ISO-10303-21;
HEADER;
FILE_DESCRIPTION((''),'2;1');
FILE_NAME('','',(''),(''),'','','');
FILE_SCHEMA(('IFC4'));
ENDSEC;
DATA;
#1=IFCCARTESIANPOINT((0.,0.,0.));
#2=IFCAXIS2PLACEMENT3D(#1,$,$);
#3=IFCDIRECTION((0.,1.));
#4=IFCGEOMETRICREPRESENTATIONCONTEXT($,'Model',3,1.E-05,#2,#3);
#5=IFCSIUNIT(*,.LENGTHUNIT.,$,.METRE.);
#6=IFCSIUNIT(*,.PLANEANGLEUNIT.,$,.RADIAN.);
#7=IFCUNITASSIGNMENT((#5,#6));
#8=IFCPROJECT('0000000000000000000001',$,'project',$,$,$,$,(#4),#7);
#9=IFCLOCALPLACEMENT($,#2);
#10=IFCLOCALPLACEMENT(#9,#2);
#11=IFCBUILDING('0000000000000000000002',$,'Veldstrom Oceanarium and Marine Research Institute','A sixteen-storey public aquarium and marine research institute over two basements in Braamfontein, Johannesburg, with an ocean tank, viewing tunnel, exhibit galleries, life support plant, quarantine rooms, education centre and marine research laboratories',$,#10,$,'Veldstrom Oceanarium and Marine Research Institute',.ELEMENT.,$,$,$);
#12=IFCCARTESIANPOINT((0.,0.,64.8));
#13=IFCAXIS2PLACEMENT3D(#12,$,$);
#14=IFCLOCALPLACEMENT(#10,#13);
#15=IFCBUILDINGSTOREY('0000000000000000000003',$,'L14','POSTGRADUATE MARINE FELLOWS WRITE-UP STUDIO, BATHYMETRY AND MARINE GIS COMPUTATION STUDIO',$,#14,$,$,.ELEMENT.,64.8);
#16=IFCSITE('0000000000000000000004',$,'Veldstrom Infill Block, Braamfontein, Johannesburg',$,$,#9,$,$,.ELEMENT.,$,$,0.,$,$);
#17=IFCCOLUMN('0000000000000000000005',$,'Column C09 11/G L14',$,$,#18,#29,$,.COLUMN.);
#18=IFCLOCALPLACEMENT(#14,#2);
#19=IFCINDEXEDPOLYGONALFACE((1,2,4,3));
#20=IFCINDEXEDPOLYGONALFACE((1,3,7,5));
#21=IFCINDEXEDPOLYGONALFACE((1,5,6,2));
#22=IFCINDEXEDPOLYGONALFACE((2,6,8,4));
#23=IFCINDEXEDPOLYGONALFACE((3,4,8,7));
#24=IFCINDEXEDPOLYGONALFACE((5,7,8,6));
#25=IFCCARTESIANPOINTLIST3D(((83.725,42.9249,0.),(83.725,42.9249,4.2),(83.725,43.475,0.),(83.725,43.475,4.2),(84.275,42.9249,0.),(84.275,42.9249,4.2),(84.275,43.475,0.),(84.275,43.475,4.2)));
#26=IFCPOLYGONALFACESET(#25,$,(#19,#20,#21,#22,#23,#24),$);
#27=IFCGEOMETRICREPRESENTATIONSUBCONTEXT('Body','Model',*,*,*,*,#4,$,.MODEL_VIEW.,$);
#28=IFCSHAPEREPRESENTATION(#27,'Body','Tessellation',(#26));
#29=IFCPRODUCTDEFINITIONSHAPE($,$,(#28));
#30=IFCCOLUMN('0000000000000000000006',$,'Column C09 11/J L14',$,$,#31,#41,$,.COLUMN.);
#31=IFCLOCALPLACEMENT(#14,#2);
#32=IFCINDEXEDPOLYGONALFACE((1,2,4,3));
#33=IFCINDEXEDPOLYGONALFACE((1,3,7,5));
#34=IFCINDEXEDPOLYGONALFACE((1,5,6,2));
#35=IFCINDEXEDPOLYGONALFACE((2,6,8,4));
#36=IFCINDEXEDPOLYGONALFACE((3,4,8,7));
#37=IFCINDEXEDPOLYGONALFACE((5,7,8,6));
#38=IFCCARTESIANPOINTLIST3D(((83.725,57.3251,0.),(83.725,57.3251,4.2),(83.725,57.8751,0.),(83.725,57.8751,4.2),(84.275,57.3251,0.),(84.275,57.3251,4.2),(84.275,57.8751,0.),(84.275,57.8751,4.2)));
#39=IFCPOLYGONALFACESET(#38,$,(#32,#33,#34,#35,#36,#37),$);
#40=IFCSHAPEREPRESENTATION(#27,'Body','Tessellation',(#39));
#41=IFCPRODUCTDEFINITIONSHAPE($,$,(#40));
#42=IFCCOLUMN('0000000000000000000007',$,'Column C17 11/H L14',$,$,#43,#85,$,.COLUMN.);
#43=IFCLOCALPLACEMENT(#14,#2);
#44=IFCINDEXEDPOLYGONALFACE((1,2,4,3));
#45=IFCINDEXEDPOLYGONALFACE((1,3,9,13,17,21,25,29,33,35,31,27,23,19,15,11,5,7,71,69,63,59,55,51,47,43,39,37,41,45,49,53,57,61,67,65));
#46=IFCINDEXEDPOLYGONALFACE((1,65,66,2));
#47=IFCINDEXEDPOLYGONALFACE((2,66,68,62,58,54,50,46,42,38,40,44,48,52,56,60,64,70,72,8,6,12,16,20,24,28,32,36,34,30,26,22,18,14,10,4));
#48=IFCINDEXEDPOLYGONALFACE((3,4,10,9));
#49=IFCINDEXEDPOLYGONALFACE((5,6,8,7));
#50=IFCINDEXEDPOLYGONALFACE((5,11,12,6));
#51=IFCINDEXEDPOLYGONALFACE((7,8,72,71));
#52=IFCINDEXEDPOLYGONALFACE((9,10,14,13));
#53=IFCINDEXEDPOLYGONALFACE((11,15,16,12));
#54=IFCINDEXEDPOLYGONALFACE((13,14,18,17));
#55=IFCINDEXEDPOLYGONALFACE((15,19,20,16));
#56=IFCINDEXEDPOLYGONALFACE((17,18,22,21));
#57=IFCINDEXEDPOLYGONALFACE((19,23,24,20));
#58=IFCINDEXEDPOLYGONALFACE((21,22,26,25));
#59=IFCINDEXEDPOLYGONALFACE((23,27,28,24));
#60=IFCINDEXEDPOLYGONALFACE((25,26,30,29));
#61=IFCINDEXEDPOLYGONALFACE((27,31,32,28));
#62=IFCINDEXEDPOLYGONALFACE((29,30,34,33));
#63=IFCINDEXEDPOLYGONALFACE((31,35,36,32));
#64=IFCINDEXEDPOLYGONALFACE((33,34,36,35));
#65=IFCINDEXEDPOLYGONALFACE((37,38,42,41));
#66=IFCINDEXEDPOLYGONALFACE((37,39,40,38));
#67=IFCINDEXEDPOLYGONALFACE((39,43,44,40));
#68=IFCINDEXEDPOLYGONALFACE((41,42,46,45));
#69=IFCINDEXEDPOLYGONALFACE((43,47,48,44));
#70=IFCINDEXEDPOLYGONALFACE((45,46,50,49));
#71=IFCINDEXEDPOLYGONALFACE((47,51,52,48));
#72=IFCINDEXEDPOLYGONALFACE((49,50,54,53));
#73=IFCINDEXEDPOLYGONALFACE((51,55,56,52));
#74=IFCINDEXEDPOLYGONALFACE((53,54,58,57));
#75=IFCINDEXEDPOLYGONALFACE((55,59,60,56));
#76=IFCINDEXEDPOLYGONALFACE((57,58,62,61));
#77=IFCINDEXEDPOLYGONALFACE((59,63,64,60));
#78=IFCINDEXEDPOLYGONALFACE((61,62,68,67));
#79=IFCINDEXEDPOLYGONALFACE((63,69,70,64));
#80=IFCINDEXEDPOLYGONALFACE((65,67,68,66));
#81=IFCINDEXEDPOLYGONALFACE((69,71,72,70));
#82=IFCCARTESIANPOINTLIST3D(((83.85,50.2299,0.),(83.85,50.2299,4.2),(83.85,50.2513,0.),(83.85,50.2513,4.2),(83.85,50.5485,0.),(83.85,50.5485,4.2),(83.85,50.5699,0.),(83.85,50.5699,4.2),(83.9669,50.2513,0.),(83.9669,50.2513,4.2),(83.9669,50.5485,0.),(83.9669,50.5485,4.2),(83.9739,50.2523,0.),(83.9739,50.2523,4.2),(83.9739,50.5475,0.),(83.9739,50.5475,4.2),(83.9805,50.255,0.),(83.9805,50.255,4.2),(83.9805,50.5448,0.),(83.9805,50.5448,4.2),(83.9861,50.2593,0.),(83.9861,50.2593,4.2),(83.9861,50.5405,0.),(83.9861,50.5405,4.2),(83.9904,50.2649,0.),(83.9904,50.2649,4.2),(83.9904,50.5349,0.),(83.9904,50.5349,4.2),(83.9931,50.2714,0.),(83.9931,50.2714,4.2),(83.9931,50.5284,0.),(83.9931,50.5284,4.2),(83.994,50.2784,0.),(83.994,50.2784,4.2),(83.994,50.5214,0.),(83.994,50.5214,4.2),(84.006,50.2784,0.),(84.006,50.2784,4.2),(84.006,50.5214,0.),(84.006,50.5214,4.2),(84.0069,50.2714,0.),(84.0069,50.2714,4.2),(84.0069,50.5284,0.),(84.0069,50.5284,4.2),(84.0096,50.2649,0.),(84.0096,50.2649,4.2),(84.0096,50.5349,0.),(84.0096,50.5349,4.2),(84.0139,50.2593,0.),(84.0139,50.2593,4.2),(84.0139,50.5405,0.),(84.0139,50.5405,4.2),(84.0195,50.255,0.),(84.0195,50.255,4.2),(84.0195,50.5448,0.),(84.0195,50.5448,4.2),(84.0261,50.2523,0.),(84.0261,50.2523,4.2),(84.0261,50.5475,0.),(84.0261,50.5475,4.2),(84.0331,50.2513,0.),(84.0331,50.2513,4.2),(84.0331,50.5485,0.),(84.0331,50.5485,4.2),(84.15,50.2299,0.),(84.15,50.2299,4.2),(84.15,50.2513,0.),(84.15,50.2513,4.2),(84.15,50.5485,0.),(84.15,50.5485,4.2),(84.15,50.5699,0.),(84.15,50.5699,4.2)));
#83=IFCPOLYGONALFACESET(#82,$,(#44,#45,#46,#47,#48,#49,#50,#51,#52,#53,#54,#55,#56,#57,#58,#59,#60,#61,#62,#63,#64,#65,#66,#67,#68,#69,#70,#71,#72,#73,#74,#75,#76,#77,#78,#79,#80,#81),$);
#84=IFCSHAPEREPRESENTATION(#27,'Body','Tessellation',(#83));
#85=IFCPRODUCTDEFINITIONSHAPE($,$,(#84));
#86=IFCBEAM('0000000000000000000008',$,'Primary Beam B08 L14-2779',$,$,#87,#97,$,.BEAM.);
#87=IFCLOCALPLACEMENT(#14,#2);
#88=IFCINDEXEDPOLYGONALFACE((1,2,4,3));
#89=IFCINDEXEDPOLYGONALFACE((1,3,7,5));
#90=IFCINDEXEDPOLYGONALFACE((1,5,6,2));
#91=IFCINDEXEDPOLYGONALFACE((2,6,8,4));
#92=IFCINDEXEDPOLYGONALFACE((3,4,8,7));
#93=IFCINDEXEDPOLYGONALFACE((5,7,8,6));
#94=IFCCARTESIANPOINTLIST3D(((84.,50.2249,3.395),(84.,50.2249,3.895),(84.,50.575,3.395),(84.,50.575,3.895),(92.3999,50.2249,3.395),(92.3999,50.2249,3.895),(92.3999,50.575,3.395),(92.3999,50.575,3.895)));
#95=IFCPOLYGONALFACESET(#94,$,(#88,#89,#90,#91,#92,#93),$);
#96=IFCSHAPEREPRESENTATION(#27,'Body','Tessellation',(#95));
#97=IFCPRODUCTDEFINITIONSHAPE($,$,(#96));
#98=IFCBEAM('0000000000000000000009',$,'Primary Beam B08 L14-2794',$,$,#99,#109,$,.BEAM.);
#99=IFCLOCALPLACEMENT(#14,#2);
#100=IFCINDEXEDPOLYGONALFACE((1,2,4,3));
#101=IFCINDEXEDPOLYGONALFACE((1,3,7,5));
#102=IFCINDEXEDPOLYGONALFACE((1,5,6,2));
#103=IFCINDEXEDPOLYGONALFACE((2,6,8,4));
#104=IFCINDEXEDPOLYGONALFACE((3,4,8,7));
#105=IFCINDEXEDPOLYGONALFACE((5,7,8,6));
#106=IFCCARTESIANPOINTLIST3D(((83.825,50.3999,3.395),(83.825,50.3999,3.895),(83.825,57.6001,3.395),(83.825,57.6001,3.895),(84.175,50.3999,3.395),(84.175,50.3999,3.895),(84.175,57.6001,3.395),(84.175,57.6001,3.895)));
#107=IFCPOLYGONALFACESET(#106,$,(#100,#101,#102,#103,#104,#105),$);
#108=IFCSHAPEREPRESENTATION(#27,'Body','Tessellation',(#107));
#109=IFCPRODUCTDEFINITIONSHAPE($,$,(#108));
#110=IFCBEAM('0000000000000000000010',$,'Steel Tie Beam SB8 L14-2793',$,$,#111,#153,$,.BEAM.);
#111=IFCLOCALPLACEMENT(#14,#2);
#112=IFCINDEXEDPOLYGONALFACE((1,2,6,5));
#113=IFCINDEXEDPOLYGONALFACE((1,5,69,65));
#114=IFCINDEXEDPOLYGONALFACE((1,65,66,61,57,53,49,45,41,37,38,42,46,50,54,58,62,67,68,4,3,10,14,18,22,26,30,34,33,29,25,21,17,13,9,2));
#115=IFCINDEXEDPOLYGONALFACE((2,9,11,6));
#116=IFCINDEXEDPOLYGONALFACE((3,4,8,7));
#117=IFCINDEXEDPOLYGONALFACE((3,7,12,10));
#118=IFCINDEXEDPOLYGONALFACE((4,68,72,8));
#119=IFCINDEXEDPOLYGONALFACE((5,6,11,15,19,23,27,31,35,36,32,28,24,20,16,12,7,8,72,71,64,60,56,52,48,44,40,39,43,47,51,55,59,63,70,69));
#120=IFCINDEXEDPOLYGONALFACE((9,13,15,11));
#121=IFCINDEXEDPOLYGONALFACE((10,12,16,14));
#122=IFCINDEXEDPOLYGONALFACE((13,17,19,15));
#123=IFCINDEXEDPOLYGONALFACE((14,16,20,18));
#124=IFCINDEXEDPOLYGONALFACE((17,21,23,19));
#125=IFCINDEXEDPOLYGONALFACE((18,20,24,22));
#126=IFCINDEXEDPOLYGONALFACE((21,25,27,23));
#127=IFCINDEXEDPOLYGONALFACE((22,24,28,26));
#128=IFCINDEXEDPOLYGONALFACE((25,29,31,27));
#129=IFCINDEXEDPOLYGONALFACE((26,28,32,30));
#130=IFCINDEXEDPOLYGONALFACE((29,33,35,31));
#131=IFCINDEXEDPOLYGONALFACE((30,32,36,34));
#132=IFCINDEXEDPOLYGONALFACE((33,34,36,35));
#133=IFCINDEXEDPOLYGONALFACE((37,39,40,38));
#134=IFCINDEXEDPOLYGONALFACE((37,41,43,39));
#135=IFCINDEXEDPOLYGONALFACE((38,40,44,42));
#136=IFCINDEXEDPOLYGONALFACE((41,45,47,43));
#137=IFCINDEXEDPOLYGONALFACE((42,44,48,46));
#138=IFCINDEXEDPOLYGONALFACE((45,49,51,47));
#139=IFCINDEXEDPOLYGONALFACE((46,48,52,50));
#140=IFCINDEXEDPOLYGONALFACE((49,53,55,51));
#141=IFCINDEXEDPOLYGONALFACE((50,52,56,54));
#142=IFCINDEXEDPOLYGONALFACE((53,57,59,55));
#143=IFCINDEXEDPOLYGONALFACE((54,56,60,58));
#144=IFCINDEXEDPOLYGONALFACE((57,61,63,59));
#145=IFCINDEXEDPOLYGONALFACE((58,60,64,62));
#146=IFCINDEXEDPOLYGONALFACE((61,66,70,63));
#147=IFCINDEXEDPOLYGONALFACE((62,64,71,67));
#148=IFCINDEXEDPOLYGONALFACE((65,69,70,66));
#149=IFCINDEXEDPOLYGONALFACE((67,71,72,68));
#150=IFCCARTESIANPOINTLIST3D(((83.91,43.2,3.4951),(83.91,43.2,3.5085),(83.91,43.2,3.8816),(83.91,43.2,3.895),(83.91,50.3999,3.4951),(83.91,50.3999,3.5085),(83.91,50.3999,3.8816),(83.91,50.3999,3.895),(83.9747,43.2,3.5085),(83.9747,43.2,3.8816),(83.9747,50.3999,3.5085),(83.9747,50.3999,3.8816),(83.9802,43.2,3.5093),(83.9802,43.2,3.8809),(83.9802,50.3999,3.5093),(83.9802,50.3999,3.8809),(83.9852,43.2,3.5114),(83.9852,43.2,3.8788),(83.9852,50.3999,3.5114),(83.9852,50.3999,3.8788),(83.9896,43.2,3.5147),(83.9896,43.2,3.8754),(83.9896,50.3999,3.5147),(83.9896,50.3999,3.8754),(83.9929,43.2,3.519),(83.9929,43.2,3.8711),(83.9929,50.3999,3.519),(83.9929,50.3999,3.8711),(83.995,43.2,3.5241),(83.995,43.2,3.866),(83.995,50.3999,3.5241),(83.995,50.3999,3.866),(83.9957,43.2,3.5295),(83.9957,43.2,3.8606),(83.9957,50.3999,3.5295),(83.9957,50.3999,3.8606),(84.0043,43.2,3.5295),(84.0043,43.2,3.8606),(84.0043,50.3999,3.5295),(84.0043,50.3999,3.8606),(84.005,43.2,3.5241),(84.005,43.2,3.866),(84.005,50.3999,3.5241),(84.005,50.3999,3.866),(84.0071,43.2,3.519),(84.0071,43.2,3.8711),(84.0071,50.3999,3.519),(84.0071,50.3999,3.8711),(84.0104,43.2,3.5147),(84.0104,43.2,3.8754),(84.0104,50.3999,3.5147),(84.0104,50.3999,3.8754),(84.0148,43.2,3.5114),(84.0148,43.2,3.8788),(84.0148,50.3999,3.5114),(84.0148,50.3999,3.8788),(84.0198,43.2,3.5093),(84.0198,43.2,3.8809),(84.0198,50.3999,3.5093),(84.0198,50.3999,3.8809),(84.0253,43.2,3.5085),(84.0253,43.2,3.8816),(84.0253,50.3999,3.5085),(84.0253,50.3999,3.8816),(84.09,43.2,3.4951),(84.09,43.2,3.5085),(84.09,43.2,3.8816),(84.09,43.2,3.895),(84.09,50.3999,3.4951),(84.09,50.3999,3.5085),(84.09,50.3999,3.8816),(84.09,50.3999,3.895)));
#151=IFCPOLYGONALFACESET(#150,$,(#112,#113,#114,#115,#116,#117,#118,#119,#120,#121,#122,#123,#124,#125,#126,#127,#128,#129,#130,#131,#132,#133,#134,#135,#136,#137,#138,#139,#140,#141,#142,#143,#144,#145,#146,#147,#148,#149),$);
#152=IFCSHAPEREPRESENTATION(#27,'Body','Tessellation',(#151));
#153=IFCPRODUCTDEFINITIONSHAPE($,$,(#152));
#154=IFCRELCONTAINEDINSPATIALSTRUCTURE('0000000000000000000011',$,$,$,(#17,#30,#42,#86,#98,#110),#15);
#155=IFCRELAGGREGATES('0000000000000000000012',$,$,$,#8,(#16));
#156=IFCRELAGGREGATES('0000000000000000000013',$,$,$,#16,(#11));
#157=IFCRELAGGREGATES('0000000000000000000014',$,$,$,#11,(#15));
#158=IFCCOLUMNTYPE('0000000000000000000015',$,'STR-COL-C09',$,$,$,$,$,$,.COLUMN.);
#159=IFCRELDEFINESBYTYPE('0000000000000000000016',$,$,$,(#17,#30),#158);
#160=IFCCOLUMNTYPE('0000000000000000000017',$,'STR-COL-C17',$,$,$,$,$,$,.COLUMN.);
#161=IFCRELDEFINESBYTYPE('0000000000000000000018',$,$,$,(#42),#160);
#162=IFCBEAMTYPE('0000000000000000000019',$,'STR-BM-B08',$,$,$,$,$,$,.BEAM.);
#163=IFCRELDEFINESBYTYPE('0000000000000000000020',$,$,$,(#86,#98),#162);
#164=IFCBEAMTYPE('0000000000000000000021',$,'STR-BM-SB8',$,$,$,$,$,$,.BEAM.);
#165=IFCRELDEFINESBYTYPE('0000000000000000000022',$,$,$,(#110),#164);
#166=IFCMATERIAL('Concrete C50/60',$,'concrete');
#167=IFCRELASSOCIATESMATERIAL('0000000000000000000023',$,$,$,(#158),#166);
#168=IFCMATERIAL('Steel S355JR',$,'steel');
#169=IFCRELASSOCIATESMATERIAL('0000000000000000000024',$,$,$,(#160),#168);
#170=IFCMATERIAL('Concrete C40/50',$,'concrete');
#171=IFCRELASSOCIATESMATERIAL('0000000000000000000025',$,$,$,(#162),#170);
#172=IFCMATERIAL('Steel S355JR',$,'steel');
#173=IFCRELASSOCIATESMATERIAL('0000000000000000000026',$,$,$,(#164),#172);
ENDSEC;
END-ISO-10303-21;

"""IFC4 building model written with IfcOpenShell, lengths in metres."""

from ifc_helpers import new_model, si_unit, direction, frame, origin, origin_2d, place, context, subcontext, project, spatial, rectangle, i_section, extrude, material, material_profile, profile_set, type_object, element, save


model = new_model("IFC4")

# Units and contexts
model_context = context("Model", 3, precision=1e-05, world=origin(), true_north=direction((0.0, 1.0)))
body_context = subcontext(model_context, "Body", "Model", "MODEL_VIEW")
ifc_project = project(units=[si_unit("LENGTHUNIT", "METRE"), si_unit("PLANEANGLEUNIT", "RADIAN")], contexts=[model_context])

# Site, building, storey
site_placement = place(None, origin())
site = spatial("IfcSite", under=ifc_project, at=site_placement, Name="Veldstrom Infill Block, Braamfontein, Johannesburg", CompositionType="ELEMENT", RefElevation=0.0)
building_placement = place(site_placement, origin())
building = spatial("IfcBuilding", under=site, at=building_placement, Name="Veldstrom Oceanarium and Marine Research Institute", Description="A sixteen-storey public aquarium and marine research institute over two basements in Braamfontein, Johannesburg, with an ocean tank, viewing tunnel, exhibit galleries, life support plant, quarantine rooms, education centre and marine research laboratories", LongName="Veldstrom Oceanarium and Marine Research Institute", CompositionType="ELEMENT")
storey_placement = place(building_placement, frame((0.0, 0.0, 64.8)))
storey = spatial("IfcBuildingStorey", under=building, at=storey_placement, Name="L14", Description="POSTGRADUATE MARINE FELLOWS WRITE-UP STUDIO, BATHYMETRY AND MARINE GIS COMPUTATION STUDIO", CompositionType="ELEMENT", Elevation=64.8)

# Columns
ifc_material_1 = material(Name="Concrete C50/60", Category="concrete")
ifc_material_profile_1 = material_profile(ifc_material_1, rectangle(XDim=0.55, YDim=0.55, at=origin_2d()), Name="RC-COL-550x550")
ifc_profile_set_1 = profile_set([ifc_material_profile_1], Name="Concrete C50/60")
column_type_1 = type_object("IfcColumnType", Name="STR-COL-C09", PredefinedType="COLUMN", material=ifc_profile_set_1)
for number, where, z_axis, x_axis, name in (
    (1, (84.0, 43.2, 0.0), (0.0, 0.0, 1.0), (1.0, 0.0, 0.0), "Column C09 11/G L14"),
    (2, (84.0, 57.6001, 0.0), (0.0, 0.0, 1.0), (1.0, 0.0, 0.0), "Column C09 11/J L14"),
):
    element("IfcColumn", number, at=place(storey_placement, frame(where, z_axis=z_axis, x_axis=x_axis)), inside=storey, type_object=column_type_1, Name=name, PredefinedType="COLUMN", context=body_context, shape_type="SweptSolid", body=[
        extrude(rectangle(XDim=0.55, YDim=0.55, at=origin_2d()), origin(), (0.0, 0.0, 1.0), 4.2),
    ])
ifc_material_2 = material(Name="Steel S355JR", Category="steel")
ifc_material_profile_2 = material_profile(ifc_material_2, i_section(OverallWidth=0.3, OverallDepth=0.3401, WebThickness=0.012, FlangeThickness=0.0215, FilletRadius=0.0271, at=origin_2d()), Name="HEB 340")
ifc_profile_set_2 = profile_set([ifc_material_profile_2], Name="Steel S355JR")
column_type_2 = type_object("IfcColumnType", Name="STR-COL-C17", PredefinedType="COLUMN", material=ifc_profile_set_2)
column_placement = place(storey_placement, frame((84.0, 50.3999, 0.0), z_axis=(0.0, 0.0, 1.0), x_axis=(1.0, 0.0, 0.0)))
element("IfcColumn", 3, at=column_placement, inside=storey, type_object=column_type_2, Name="Column C17 11/H L14", PredefinedType="COLUMN", context=body_context, shape_type="SweptSolid", body=[
    extrude(i_section(OverallWidth=0.3, OverallDepth=0.3401, WebThickness=0.012, FlangeThickness=0.0215, FilletRadius=0.0271, at=origin_2d()), origin(), (0.0, 0.0, 1.0), 4.2),
])

# Beams
ifc_material_3 = material(Name="Concrete C40/50", Category="concrete")
ifc_material_profile_3 = material_profile(ifc_material_3, rectangle(XDim=0.3501, YDim=0.5, at=origin_2d()), Name="RC-BM-350x500")
ifc_profile_set_3 = profile_set([ifc_material_profile_3], Name="Concrete C40/50")
beam_type_1 = type_object("IfcBeamType", Name="STR-BM-B08", PredefinedType="BEAM", material=ifc_profile_set_3)
beam_1_placement = place(storey_placement, frame((84.0, 50.3999, 3.645), z_axis=(1.0, 0.0, 0.0), x_axis=(0.0, 1.0, 0.0)))
element("IfcBeam", 4, at=beam_1_placement, inside=storey, type_object=beam_type_1, Name="Primary Beam B08 L14-2779", PredefinedType="BEAM", context=body_context, shape_type="SweptSolid", body=[
    extrude(rectangle(XDim=0.3501, YDim=0.5, at=origin_2d()), origin(), (0.0, 0.0, 1.0), 8.3999),
])
beam_2_placement = place(storey_placement, frame((84.0, 50.3999, 3.645), z_axis=(0.0, 1.0, 0.0), x_axis=(-1.0, 0.0, 0.0)))
element("IfcBeam", 5, at=beam_2_placement, inside=storey, type_object=beam_type_1, Name="Primary Beam B08 L14-2794", PredefinedType="BEAM", context=body_context, shape_type="SweptSolid", body=[
    extrude(rectangle(XDim=0.3501, YDim=0.5, at=origin_2d()), origin(), (0.0, 0.0, 1.0), 7.2002),
])
ifc_material_4 = material(Name="Steel S355JR", Category="steel")
ifc_material_profile_4 = material_profile(ifc_material_4, i_section(OverallWidth=0.1799, OverallDepth=0.3999, WebThickness=0.0085, FlangeThickness=0.0134, FilletRadius=0.021, at=origin_2d()), Name="IPE 400")
ifc_profile_set_4 = profile_set([ifc_material_profile_4], Name="Steel S355JR")
beam_type_2 = type_object("IfcBeamType", Name="STR-BM-SB8", PredefinedType="BEAM", material=ifc_profile_set_4)
beam_3_placement = place(storey_placement, frame((84.0, 43.2, 3.6951), z_axis=(0.0, 1.0, 0.0), x_axis=(-1.0, 0.0, 0.0)))
element("IfcBeam", 6, at=beam_3_placement, inside=storey, type_object=beam_type_2, Name="Steel Tie Beam SB8 L14-2793", PredefinedType="BEAM", context=body_context, shape_type="SweptSolid", body=[
    extrude(i_section(OverallWidth=0.1799, OverallDepth=0.3999, WebThickness=0.0085, FlangeThickness=0.0134, FilletRadius=0.021, at=origin_2d()), origin(), (0.0, 0.0, 1.0), 7.2),
])

save(model, "model.ifc")
